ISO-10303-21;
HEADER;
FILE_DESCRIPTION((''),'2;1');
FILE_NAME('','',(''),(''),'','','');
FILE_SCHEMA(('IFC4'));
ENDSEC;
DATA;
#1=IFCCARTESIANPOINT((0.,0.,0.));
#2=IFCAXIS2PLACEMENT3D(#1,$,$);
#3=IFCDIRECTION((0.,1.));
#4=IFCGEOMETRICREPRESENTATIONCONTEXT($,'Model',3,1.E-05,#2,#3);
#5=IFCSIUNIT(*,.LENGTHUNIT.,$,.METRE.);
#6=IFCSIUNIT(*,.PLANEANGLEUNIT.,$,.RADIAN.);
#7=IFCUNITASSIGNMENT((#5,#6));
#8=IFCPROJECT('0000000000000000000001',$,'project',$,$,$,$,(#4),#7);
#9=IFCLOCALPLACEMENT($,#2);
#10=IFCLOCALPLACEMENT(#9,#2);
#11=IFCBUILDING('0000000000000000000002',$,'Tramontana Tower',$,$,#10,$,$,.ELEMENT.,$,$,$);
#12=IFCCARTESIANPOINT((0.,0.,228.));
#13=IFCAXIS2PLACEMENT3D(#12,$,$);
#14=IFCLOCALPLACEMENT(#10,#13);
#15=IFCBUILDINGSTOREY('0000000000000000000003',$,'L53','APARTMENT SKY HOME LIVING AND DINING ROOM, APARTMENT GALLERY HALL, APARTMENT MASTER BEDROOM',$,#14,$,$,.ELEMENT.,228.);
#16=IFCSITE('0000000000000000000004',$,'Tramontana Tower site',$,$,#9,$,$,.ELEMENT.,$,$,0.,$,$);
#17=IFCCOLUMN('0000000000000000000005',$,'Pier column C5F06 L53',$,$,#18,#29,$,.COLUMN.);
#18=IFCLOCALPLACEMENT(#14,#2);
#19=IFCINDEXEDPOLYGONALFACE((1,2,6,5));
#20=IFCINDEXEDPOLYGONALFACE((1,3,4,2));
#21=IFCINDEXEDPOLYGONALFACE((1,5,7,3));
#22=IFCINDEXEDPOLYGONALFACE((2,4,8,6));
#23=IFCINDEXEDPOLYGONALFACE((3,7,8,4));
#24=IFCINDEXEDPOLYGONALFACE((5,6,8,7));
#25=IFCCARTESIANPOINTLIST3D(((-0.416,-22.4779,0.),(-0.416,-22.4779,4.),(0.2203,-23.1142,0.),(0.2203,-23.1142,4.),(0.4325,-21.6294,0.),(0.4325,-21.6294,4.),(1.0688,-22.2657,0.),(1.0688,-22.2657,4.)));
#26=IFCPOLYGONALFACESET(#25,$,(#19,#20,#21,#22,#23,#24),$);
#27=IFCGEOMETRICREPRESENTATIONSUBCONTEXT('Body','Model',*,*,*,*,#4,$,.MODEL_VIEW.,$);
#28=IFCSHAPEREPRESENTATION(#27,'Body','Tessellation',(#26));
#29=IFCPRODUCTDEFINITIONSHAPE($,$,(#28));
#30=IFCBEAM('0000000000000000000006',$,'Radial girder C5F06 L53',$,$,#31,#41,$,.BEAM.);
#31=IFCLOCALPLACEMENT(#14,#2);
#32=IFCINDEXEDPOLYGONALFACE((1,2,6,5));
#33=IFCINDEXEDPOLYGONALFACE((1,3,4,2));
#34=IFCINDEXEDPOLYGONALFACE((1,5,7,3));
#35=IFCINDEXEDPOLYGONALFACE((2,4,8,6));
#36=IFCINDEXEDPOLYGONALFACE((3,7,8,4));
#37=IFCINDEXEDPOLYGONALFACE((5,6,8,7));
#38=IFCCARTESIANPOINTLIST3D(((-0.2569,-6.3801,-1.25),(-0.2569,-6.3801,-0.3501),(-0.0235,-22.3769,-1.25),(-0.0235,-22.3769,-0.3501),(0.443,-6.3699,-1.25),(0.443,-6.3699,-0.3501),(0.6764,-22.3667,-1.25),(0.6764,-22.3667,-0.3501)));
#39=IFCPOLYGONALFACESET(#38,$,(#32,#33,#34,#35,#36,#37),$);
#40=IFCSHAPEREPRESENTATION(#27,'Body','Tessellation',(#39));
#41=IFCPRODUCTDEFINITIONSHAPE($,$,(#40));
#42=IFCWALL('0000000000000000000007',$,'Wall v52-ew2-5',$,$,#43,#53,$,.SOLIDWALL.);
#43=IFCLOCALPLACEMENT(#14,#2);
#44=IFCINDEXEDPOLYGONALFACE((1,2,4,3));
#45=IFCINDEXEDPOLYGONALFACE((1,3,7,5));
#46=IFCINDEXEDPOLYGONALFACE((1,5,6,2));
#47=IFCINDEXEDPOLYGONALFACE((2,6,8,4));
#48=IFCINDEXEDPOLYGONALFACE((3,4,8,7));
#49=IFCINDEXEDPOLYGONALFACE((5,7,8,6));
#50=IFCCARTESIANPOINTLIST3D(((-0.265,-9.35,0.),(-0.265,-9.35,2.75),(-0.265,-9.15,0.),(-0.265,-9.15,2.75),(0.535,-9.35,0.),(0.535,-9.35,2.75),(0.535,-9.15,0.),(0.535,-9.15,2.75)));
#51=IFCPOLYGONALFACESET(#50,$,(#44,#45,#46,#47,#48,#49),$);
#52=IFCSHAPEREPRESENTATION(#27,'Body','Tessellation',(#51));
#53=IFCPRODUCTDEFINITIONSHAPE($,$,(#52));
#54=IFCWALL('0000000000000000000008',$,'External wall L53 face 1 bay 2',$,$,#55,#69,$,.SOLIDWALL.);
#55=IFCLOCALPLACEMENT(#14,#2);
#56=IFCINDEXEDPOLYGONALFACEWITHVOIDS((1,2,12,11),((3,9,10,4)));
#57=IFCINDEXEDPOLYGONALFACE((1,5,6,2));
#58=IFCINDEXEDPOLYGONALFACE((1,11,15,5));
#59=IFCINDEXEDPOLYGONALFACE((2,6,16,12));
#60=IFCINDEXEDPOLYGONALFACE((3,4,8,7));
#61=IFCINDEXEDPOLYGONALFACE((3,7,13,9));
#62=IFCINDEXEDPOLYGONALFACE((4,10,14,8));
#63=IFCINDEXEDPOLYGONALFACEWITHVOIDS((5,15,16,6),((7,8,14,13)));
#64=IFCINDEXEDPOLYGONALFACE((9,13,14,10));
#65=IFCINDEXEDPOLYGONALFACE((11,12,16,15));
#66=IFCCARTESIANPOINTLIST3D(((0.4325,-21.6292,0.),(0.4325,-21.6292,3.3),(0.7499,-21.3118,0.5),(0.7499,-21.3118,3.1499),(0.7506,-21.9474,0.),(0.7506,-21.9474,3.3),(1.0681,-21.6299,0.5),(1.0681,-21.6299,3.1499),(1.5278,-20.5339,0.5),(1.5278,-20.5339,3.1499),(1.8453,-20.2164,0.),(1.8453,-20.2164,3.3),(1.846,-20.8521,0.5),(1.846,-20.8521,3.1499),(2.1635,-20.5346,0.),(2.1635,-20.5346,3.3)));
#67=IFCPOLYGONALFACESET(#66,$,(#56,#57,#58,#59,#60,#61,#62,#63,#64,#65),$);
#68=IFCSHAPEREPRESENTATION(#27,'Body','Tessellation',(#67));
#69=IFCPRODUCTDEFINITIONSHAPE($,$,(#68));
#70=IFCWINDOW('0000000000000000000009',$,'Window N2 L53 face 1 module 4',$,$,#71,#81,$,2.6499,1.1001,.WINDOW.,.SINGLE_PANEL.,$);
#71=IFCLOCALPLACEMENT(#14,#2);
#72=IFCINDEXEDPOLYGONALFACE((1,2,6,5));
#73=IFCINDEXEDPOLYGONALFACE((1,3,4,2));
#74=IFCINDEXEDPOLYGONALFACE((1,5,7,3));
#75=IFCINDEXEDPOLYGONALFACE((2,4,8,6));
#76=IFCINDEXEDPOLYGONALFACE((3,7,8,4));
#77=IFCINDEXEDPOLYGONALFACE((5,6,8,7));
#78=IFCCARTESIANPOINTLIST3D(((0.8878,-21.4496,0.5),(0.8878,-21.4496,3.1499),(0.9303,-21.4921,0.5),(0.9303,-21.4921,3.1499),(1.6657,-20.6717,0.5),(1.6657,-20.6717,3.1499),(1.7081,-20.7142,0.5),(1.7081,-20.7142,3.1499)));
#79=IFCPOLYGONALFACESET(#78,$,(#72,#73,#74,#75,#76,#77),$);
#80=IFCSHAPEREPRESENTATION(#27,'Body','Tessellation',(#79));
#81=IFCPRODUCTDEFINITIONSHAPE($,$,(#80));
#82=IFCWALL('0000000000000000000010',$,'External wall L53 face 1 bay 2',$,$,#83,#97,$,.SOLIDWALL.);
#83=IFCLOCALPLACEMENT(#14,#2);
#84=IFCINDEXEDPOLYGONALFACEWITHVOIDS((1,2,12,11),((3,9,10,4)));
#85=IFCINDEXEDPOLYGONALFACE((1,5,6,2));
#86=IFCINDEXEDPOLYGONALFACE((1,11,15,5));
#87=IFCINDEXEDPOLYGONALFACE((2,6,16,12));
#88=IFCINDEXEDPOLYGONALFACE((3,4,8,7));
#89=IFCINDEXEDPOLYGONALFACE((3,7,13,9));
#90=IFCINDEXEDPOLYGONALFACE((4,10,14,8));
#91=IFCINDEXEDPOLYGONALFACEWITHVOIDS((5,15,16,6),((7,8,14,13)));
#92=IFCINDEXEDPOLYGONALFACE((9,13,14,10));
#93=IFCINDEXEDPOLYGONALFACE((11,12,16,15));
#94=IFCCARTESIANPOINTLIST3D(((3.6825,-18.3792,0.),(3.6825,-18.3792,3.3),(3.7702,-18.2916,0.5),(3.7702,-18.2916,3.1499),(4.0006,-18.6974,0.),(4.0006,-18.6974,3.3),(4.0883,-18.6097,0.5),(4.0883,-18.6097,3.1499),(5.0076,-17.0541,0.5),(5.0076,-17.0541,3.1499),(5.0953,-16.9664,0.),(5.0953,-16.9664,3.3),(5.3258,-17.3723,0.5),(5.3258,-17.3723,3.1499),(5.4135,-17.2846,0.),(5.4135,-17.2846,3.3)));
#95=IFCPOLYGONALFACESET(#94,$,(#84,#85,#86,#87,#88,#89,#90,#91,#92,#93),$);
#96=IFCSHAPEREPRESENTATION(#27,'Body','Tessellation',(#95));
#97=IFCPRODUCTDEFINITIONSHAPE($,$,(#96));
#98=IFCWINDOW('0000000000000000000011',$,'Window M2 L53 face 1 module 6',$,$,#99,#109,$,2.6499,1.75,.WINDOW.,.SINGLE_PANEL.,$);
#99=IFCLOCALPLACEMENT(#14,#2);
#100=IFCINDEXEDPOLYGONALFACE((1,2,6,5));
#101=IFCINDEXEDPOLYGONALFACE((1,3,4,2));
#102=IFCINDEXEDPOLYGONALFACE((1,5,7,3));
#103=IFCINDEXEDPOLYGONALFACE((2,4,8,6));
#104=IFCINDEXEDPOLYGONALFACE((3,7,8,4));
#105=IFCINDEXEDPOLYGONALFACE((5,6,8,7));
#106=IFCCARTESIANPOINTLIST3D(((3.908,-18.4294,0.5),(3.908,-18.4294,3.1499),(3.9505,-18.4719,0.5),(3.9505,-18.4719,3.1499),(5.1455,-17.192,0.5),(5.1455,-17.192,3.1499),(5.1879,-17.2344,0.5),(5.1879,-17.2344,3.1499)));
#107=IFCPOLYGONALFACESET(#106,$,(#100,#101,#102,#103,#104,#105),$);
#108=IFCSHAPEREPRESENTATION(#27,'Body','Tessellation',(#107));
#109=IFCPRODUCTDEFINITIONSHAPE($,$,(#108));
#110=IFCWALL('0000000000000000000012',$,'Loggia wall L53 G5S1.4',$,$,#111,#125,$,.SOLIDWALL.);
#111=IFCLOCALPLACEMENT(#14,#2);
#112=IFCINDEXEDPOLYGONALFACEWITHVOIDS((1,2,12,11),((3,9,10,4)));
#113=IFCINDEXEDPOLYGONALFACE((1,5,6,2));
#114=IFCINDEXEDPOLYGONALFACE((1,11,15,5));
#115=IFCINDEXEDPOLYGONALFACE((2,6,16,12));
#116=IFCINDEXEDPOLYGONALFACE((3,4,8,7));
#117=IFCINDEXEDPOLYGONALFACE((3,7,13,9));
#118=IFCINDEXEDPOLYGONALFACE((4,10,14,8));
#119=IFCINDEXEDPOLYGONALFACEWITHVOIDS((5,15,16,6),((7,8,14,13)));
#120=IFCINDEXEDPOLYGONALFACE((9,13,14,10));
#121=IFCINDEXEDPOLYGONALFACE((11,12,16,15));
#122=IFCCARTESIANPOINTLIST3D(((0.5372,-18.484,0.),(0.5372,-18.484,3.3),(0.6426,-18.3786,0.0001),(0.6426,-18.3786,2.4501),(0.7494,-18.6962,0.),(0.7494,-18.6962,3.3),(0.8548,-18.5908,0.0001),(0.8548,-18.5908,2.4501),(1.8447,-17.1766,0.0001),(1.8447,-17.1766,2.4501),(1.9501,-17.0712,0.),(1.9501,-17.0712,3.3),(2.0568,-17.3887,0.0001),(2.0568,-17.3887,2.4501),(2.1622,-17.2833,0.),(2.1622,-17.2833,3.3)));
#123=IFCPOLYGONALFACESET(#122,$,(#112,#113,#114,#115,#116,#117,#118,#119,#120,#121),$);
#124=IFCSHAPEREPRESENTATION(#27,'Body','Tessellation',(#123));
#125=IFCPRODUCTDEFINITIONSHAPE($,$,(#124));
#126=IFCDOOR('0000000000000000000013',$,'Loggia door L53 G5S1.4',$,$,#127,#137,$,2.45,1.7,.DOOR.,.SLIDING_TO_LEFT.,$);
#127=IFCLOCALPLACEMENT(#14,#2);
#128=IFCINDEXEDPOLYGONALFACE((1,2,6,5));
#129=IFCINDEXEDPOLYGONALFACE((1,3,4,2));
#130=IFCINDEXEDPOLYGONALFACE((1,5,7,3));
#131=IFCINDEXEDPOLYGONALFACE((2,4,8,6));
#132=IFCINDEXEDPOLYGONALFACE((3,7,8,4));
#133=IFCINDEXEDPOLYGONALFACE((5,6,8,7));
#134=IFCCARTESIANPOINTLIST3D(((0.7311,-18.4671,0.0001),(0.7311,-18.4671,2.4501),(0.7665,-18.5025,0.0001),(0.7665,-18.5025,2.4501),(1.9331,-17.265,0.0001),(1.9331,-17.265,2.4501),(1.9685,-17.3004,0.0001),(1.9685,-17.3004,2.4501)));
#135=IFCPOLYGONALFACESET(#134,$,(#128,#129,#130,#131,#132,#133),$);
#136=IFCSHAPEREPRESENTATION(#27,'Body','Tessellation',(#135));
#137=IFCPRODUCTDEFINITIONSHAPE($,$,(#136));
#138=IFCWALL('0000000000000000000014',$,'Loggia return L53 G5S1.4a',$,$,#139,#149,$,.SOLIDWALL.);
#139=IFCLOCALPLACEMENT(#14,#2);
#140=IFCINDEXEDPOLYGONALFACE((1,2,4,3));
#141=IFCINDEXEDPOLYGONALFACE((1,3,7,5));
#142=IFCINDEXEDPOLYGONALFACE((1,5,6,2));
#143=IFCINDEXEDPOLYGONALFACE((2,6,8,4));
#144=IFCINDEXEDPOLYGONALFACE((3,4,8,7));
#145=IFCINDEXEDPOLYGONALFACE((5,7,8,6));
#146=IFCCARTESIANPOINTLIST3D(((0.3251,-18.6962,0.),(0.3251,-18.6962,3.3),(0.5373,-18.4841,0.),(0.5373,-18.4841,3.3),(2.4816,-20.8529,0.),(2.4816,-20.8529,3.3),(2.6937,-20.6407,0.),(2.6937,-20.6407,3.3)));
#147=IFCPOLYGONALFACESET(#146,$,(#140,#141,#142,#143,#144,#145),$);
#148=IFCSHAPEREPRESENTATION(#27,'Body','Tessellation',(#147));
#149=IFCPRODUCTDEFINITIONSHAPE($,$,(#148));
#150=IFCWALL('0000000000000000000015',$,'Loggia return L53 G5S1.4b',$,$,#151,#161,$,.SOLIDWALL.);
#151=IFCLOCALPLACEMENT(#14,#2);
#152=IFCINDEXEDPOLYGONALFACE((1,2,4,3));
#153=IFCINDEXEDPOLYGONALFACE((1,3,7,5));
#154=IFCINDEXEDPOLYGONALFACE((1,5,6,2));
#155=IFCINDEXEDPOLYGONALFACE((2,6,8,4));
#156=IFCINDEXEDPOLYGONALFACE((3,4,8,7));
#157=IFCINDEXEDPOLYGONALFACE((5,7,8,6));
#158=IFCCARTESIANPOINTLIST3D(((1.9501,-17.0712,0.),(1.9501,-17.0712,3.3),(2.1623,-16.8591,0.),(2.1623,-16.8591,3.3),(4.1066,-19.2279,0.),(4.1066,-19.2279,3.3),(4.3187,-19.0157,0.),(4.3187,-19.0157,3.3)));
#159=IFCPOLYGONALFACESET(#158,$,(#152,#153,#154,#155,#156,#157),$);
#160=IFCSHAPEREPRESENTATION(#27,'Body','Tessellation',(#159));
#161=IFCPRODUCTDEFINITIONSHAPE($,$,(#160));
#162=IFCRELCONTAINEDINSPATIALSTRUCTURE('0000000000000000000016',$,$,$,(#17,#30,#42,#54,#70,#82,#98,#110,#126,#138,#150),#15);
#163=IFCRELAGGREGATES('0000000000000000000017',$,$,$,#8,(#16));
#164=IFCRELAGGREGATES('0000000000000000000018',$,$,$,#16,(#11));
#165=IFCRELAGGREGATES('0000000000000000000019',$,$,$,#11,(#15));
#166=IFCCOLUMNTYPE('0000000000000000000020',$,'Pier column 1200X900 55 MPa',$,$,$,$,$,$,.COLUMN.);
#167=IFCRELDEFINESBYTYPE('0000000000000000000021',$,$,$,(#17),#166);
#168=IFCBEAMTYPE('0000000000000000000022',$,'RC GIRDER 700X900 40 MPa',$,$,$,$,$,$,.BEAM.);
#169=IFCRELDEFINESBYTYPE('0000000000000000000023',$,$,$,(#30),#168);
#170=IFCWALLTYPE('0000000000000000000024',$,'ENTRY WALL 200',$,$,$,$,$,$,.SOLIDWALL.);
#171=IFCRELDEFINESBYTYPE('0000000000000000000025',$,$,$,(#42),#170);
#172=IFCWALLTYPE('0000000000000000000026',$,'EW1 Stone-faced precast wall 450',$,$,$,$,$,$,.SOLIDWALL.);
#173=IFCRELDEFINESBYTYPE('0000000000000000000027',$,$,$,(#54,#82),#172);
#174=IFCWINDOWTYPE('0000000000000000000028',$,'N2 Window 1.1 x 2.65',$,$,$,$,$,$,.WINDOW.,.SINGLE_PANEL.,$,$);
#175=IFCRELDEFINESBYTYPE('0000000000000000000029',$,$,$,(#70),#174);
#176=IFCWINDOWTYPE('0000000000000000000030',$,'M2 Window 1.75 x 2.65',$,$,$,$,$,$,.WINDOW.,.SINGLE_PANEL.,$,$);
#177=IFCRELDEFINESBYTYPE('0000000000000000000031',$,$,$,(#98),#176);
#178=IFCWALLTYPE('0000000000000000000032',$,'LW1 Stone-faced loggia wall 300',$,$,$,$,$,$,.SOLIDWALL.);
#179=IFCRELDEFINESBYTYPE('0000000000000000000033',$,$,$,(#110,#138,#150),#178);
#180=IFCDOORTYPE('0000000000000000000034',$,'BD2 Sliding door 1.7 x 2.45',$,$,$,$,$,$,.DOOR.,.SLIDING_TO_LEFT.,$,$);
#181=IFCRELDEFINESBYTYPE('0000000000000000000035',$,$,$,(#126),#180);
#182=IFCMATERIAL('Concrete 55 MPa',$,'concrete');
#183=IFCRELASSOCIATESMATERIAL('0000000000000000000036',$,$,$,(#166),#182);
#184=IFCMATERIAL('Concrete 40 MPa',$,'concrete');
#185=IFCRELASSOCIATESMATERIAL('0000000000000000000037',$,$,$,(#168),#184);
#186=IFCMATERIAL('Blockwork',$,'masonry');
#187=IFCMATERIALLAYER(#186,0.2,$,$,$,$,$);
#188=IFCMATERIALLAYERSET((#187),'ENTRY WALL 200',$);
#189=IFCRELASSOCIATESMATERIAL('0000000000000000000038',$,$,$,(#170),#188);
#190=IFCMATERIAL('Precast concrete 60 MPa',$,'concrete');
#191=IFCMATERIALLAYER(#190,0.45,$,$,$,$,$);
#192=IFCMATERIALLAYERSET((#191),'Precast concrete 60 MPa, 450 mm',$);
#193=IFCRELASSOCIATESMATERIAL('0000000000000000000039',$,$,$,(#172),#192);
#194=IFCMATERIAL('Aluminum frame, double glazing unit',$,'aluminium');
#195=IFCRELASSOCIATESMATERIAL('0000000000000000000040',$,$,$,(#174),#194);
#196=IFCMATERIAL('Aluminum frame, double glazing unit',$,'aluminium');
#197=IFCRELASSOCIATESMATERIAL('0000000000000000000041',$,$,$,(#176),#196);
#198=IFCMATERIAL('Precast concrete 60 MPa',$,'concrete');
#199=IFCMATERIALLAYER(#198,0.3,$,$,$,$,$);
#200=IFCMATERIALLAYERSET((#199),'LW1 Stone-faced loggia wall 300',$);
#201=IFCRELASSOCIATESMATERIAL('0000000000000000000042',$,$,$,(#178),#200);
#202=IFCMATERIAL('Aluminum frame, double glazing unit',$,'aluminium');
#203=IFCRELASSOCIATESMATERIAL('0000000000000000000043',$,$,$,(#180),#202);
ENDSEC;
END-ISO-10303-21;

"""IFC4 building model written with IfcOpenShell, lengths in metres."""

from ifc_helpers import new_model, si_unit, direction, frame, frame_2d, origin, origin_2d, place, context, subcontext, project, spatial, rectangle, extrude, material, layer, layer_set, material_profile, profile_set, type_object, element, fill, save


model = new_model("IFC4")

# Units and contexts
model_context = context("Model", 3, precision=1e-05, world=origin(), true_north=direction((0.0, 1.0)))
body_context = subcontext(model_context, "Body", "Model", "MODEL_VIEW")
ifc_project = project(units=[si_unit("LENGTHUNIT", "METRE"), si_unit("PLANEANGLEUNIT", "RADIAN")], contexts=[model_context])

# Site, building, storey
site_placement = place(None, origin())
site = spatial("IfcSite", under=ifc_project, at=site_placement, Name="Tramontana Tower site", CompositionType="ELEMENT", RefElevation=0.0)
building_placement = place(site_placement, origin())
building = spatial("IfcBuilding", under=site, at=building_placement, Name="Tramontana Tower", CompositionType="ELEMENT")
storey_placement = place(building_placement, frame((0.0, 0.0, 228.0)))
storey = spatial("IfcBuildingStorey", under=building, at=storey_placement, Name="L53", Description="APARTMENT SKY HOME LIVING AND DINING ROOM, APARTMENT GALLERY HALL, APARTMENT MASTER BEDROOM", CompositionType="ELEMENT", Elevation=228.0)

# Column
ifc_material_1 = material(Name="Concrete 55 MPa", Category="concrete")
ifc_material_profile_1 = material_profile(ifc_material_1, rectangle(XDim=1.2, YDim=0.8999, at=origin_2d()), Name="Pier column 1200X900 55 MPa")
ifc_profile_set_1 = profile_set([ifc_material_profile_1], Name="Concrete 55 MPa")
column_type = type_object("IfcColumnType", Name="Pier column 1200X900 55 MPa", PredefinedType="COLUMN", material=ifc_profile_set_1)
column_placement = place(storey_placement, frame((0.3264, -22.3718, 0.0), z_axis=(0.0, 0.0, 1.0), x_axis=(0.707107, 0.707107, 0.0)))
element("IfcColumn", 1, at=column_placement, inside=storey, type_object=column_type, Name="Pier column C5F06 L53", PredefinedType="COLUMN", context=body_context, shape_type="SweptSolid", body=[
    extrude(rectangle(XDim=1.2, YDim=0.8999, at=origin_2d()), origin(), (0.0, 0.0, 1.0), 4.0),
])

# Beam
ifc_material_2 = material(Name="Concrete 40 MPa", Category="concrete")
ifc_material_profile_2 = material_profile(ifc_material_2, rectangle(XDim=0.7, YDim=0.8999, at=origin_2d()), Name="RC GIRDER 700X900 40 MPa")
ifc_profile_set_2 = profile_set([ifc_material_profile_2], Name="Concrete 40 MPa")
beam_type = type_object("IfcBeamType", Name="RC GIRDER 700X900 40 MPa", PredefinedType="BEAM", material=ifc_profile_set_2)
beam_placement = place(storey_placement, frame((0.3264, -22.3718, -0.8), z_axis=(-0.014589, 0.999894, 0.0), x_axis=(-0.999894, -0.014589, 0.0)))
element("IfcBeam", 2, at=beam_placement, inside=storey, type_object=beam_type, Name="Radial girder C5F06 L53", PredefinedType="BEAM", context=body_context, shape_type="SweptSolid", body=[
    extrude(rectangle(XDim=0.7, YDim=0.8999, at=origin_2d()), origin(), (0.0, 0.0, 1.0), 15.9985),
])

# Wall
ifc_material_3 = material(Name="Blockwork", Category="masonry")
ifc_layer_1 = layer(ifc_material_3, 0.2)
ifc_layer_set_1 = layer_set([ifc_layer_1], Name="ENTRY WALL 200")
wall_type_1 = type_object("IfcWallType", Name="ENTRY WALL 200", PredefinedType="SOLIDWALL", material=ifc_layer_set_1)
wall_1_placement = place(storey_placement, frame((0.5349, -9.25, 0.0), z_axis=(0.0, 0.0, 1.0), x_axis=(-1.0, 0.0, 0.0)))
element("IfcWall", 3, at=wall_1_placement, inside=storey, type_object=wall_type_1, Name="Wall v52-ew2-5", PredefinedType="SOLIDWALL", context=body_context, shape_type="SweptSolid", body=[
    extrude(rectangle(XDim=0.8, YDim=0.2, at=frame_2d((0.3999, 0.0))), origin(), (0.0, 0.0, 1.0), 2.75),
])

# Walls, openings, windows
ifc_material_4 = material(Name="Precast concrete 60 MPa", Category="concrete")
ifc_layer_2 = layer(ifc_material_4, 0.45)
ifc_layer_set_2 = layer_set([ifc_layer_2], Name="Precast concrete 60 MPa, 450 mm")
wall_type_2 = type_object("IfcWallType", Name="EW1 Stone-faced precast wall 450", PredefinedType="SOLIDWALL", material=ifc_layer_set_2)
wall_2_placement = place(storey_placement, frame((0.5916, -21.7883, 0.0), z_axis=(0.0, 0.0, 1.0), x_axis=(0.707107, 0.707107, 0.0)))
wall_2 = element("IfcWall", 4, at=wall_2_placement, inside=storey, type_object=wall_type_2, Name="External wall L53 face 1 bay 2", PredefinedType="SOLIDWALL", context=body_context, shape_type="SweptSolid", body=[
    extrude(rectangle(XDim=1.998, YDim=0.45, at=frame_2d((0.999, 0.0))), origin(), (0.0, 0.0, 1.0), 3.3),
])
opening_1_placement = place(wall_2_placement, frame((0.449, 0.0, 0.5)))
opening_1 = element("IfcOpeningElement", 5, at=opening_1_placement, cuts=wall_2, PredefinedType="OPENING", context=body_context, shape_type="SweptSolid", body=[
    extrude(rectangle(XDim=1.1001, YDim=2.6499, at=frame_2d((0.55, 1.325))), frame((0.0, 0.2349, 0.0), z_axis=(0.0, -1.0, 0.0), x_axis=(1.0, 0.0, 0.0)), (0.0, 0.0, 1.0), 0.47),
])
ifc_material_5 = material(Name="Aluminum frame, double glazing unit", Category="aluminium")
window_type_1 = type_object("IfcWindowType", Name="N2 Window 1.1 x 2.65", PartitioningType="SINGLE_PANEL", PredefinedType="WINDOW", material=ifc_material_5)
window_1_placement = place(opening_1_placement, origin())
window_1 = element("IfcWindow", 6, at=window_1_placement, inside=storey, type_object=window_type_1, Name="Window N2 L53 face 1 module 4", OverallHeight=2.6499, OverallWidth=1.1001, PartitioningType="SINGLE_PANEL", PredefinedType="WINDOW", context=body_context, shape_type="SweptSolid", body=[
    extrude(rectangle(XDim=1.1001, YDim=2.6499, at=frame_2d((0.55, 1.325))), frame((0.0, 0.03, 0.0), z_axis=(0.0, -1.0, 0.0), x_axis=(1.0, 0.0, 0.0)), (0.0, 0.0, 1.0), 0.0601),
])
fill(opening_1, window_1)
wall_3_placement = place(storey_placement, frame((3.8416, -18.5383, 0.0), z_axis=(0.0, 0.0, 1.0), x_axis=(0.707107, 0.707107, 0.0)))
wall_3 = element("IfcWall", 7, at=wall_3_placement, inside=storey, type_object=wall_type_2, Name="External wall L53 face 1 bay 2", PredefinedType="SOLIDWALL", context=body_context, shape_type="SweptSolid", body=[
    extrude(rectangle(XDim=1.998, YDim=0.45, at=frame_2d((0.999, 0.0))), origin(), (0.0, 0.0, 1.0), 3.3),
])
opening_2_placement = place(wall_3_placement, frame((0.124, 0.0, 0.5)))
opening_2 = element("IfcOpeningElement", 8, at=opening_2_placement, cuts=wall_3, PredefinedType="OPENING", context=body_context, shape_type="SweptSolid", body=[
    extrude(rectangle(XDim=1.75, YDim=2.6499, at=frame_2d((0.875, 1.325))), frame((0.0, 0.2349, 0.0), z_axis=(0.0, -1.0, 0.0), x_axis=(1.0, 0.0, 0.0)), (0.0, 0.0, 1.0), 0.47),
])
ifc_material_6 = material(Name="Aluminum frame, double glazing unit", Category="aluminium")
window_type_2 = type_object("IfcWindowType", Name="M2 Window 1.75 x 2.65", PartitioningType="SINGLE_PANEL", PredefinedType="WINDOW", material=ifc_material_6)
window_2_placement = place(opening_2_placement, origin())
window_2 = element("IfcWindow", 9, at=window_2_placement, inside=storey, type_object=window_type_2, Name="Window M2 L53 face 1 module 6", OverallHeight=2.6499, OverallWidth=1.75, PartitioningType="SINGLE_PANEL", PredefinedType="WINDOW", context=body_context, shape_type="SweptSolid", body=[
    extrude(rectangle(XDim=1.75, YDim=2.6499, at=frame_2d((0.875, 1.325))), frame((0.0, 0.03, 0.0), z_axis=(0.0, -1.0, 0.0), x_axis=(1.0, 0.0, 0.0)), (0.0, 0.0, 1.0), 0.0601),
])
fill(opening_2, window_2)

# Wall, opening, door
ifc_material_7 = material(Name="Precast concrete 60 MPa", Category="concrete")
ifc_layer_3 = layer(ifc_material_7, 0.3)
ifc_layer_set_3 = layer_set([ifc_layer_3], Name="LW1 Stone-faced loggia wall 300")
wall_type_3 = type_object("IfcWallType", Name="LW1 Stone-faced loggia wall 300", PredefinedType="SOLIDWALL", material=ifc_layer_set_3)
wall_4_placement = place(storey_placement, frame((0.6433, -18.5901, 0.0), z_axis=(0.0, 0.0, 1.0), x_axis=(0.707107, 0.707107, 0.0)))
wall_4 = element("IfcWall", 10, at=wall_4_placement, inside=storey, type_object=wall_type_3, Name="Loggia wall L53 G5S1.4", PredefinedType="SOLIDWALL", context=body_context, shape_type="SweptSolid", body=[
    extrude(rectangle(XDim=1.998, YDim=0.3, at=frame_2d((0.999, 0.0))), origin(), (0.0, 0.0, 1.0), 3.3),
])
opening_3_placement = place(wall_4_placement, frame((0.1489, 0.0, 0.0)))
opening_3 = element("IfcOpeningElement", 11, at=opening_3_placement, cuts=wall_4, PredefinedType="OPENING", context=body_context, shape_type="SweptSolid", body=[
    extrude(rectangle(XDim=1.7, YDim=2.45, at=frame_2d((0.8501, 1.2251))), frame((0.0, 0.1599, 0.0), z_axis=(0.0, -1.0, 0.0), x_axis=(1.0, 0.0, 0.0)), (0.0, 0.0, 1.0), 0.3201),
])
ifc_material_8 = material(Name="Aluminum frame, double glazing unit", Category="aluminium")
door_type_1 = type_object("IfcDoorType", Name="BD2 Sliding door 1.7 x 2.45", OperationType="SLIDING_TO_LEFT", PredefinedType="DOOR", material=ifc_material_8)
door_1_placement = place(opening_3_placement, origin())
door_1 = element("IfcDoor", 12, at=door_1_placement, inside=storey, type_object=door_type_1, Name="Loggia door L53 G5S1.4", OperationType="SLIDING_TO_LEFT", OverallHeight=2.45, OverallWidth=1.7, PredefinedType="DOOR", context=body_context, shape_type="SweptSolid", body=[
    extrude(rectangle(XDim=1.7, YDim=2.45, at=frame_2d((0.8501, 1.2251))), frame((0.0, 0.0249, 0.0), z_axis=(0.0, -1.0, 0.0), x_axis=(1.0, 0.0, 0.0)), (0.0, 0.0, 1.0), 0.05),
])
fill(opening_3, door_1)

# Walls
for number, where, z_axis, x_axis, name in (
    (13, (2.5876, -20.7468, 0.0), (0.0, 0.0, 1.0), (-0.707067, 0.707147, 0.0), "Loggia return L53 G5S1.4a"),
    (14, (4.2126, -19.1218, 0.0), (0.0, 0.0, 1.0), (-0.707067, 0.707147, 0.0), "Loggia return L53 G5S1.4b"),
):
    element("IfcWall", number, at=place(storey_placement, frame(where, z_axis=z_axis, x_axis=x_axis)), inside=storey, type_object=wall_type_3, Name=name, PredefinedType="SOLIDWALL", context=body_context, shape_type="SweptSolid", body=[
        extrude(rectangle(XDim=3.0498, YDim=0.3, at=frame_2d((1.5249, 0.0))), origin(), (0.0, 0.0, 1.0), 3.3),
    ])

save(model, "model.ifc")
